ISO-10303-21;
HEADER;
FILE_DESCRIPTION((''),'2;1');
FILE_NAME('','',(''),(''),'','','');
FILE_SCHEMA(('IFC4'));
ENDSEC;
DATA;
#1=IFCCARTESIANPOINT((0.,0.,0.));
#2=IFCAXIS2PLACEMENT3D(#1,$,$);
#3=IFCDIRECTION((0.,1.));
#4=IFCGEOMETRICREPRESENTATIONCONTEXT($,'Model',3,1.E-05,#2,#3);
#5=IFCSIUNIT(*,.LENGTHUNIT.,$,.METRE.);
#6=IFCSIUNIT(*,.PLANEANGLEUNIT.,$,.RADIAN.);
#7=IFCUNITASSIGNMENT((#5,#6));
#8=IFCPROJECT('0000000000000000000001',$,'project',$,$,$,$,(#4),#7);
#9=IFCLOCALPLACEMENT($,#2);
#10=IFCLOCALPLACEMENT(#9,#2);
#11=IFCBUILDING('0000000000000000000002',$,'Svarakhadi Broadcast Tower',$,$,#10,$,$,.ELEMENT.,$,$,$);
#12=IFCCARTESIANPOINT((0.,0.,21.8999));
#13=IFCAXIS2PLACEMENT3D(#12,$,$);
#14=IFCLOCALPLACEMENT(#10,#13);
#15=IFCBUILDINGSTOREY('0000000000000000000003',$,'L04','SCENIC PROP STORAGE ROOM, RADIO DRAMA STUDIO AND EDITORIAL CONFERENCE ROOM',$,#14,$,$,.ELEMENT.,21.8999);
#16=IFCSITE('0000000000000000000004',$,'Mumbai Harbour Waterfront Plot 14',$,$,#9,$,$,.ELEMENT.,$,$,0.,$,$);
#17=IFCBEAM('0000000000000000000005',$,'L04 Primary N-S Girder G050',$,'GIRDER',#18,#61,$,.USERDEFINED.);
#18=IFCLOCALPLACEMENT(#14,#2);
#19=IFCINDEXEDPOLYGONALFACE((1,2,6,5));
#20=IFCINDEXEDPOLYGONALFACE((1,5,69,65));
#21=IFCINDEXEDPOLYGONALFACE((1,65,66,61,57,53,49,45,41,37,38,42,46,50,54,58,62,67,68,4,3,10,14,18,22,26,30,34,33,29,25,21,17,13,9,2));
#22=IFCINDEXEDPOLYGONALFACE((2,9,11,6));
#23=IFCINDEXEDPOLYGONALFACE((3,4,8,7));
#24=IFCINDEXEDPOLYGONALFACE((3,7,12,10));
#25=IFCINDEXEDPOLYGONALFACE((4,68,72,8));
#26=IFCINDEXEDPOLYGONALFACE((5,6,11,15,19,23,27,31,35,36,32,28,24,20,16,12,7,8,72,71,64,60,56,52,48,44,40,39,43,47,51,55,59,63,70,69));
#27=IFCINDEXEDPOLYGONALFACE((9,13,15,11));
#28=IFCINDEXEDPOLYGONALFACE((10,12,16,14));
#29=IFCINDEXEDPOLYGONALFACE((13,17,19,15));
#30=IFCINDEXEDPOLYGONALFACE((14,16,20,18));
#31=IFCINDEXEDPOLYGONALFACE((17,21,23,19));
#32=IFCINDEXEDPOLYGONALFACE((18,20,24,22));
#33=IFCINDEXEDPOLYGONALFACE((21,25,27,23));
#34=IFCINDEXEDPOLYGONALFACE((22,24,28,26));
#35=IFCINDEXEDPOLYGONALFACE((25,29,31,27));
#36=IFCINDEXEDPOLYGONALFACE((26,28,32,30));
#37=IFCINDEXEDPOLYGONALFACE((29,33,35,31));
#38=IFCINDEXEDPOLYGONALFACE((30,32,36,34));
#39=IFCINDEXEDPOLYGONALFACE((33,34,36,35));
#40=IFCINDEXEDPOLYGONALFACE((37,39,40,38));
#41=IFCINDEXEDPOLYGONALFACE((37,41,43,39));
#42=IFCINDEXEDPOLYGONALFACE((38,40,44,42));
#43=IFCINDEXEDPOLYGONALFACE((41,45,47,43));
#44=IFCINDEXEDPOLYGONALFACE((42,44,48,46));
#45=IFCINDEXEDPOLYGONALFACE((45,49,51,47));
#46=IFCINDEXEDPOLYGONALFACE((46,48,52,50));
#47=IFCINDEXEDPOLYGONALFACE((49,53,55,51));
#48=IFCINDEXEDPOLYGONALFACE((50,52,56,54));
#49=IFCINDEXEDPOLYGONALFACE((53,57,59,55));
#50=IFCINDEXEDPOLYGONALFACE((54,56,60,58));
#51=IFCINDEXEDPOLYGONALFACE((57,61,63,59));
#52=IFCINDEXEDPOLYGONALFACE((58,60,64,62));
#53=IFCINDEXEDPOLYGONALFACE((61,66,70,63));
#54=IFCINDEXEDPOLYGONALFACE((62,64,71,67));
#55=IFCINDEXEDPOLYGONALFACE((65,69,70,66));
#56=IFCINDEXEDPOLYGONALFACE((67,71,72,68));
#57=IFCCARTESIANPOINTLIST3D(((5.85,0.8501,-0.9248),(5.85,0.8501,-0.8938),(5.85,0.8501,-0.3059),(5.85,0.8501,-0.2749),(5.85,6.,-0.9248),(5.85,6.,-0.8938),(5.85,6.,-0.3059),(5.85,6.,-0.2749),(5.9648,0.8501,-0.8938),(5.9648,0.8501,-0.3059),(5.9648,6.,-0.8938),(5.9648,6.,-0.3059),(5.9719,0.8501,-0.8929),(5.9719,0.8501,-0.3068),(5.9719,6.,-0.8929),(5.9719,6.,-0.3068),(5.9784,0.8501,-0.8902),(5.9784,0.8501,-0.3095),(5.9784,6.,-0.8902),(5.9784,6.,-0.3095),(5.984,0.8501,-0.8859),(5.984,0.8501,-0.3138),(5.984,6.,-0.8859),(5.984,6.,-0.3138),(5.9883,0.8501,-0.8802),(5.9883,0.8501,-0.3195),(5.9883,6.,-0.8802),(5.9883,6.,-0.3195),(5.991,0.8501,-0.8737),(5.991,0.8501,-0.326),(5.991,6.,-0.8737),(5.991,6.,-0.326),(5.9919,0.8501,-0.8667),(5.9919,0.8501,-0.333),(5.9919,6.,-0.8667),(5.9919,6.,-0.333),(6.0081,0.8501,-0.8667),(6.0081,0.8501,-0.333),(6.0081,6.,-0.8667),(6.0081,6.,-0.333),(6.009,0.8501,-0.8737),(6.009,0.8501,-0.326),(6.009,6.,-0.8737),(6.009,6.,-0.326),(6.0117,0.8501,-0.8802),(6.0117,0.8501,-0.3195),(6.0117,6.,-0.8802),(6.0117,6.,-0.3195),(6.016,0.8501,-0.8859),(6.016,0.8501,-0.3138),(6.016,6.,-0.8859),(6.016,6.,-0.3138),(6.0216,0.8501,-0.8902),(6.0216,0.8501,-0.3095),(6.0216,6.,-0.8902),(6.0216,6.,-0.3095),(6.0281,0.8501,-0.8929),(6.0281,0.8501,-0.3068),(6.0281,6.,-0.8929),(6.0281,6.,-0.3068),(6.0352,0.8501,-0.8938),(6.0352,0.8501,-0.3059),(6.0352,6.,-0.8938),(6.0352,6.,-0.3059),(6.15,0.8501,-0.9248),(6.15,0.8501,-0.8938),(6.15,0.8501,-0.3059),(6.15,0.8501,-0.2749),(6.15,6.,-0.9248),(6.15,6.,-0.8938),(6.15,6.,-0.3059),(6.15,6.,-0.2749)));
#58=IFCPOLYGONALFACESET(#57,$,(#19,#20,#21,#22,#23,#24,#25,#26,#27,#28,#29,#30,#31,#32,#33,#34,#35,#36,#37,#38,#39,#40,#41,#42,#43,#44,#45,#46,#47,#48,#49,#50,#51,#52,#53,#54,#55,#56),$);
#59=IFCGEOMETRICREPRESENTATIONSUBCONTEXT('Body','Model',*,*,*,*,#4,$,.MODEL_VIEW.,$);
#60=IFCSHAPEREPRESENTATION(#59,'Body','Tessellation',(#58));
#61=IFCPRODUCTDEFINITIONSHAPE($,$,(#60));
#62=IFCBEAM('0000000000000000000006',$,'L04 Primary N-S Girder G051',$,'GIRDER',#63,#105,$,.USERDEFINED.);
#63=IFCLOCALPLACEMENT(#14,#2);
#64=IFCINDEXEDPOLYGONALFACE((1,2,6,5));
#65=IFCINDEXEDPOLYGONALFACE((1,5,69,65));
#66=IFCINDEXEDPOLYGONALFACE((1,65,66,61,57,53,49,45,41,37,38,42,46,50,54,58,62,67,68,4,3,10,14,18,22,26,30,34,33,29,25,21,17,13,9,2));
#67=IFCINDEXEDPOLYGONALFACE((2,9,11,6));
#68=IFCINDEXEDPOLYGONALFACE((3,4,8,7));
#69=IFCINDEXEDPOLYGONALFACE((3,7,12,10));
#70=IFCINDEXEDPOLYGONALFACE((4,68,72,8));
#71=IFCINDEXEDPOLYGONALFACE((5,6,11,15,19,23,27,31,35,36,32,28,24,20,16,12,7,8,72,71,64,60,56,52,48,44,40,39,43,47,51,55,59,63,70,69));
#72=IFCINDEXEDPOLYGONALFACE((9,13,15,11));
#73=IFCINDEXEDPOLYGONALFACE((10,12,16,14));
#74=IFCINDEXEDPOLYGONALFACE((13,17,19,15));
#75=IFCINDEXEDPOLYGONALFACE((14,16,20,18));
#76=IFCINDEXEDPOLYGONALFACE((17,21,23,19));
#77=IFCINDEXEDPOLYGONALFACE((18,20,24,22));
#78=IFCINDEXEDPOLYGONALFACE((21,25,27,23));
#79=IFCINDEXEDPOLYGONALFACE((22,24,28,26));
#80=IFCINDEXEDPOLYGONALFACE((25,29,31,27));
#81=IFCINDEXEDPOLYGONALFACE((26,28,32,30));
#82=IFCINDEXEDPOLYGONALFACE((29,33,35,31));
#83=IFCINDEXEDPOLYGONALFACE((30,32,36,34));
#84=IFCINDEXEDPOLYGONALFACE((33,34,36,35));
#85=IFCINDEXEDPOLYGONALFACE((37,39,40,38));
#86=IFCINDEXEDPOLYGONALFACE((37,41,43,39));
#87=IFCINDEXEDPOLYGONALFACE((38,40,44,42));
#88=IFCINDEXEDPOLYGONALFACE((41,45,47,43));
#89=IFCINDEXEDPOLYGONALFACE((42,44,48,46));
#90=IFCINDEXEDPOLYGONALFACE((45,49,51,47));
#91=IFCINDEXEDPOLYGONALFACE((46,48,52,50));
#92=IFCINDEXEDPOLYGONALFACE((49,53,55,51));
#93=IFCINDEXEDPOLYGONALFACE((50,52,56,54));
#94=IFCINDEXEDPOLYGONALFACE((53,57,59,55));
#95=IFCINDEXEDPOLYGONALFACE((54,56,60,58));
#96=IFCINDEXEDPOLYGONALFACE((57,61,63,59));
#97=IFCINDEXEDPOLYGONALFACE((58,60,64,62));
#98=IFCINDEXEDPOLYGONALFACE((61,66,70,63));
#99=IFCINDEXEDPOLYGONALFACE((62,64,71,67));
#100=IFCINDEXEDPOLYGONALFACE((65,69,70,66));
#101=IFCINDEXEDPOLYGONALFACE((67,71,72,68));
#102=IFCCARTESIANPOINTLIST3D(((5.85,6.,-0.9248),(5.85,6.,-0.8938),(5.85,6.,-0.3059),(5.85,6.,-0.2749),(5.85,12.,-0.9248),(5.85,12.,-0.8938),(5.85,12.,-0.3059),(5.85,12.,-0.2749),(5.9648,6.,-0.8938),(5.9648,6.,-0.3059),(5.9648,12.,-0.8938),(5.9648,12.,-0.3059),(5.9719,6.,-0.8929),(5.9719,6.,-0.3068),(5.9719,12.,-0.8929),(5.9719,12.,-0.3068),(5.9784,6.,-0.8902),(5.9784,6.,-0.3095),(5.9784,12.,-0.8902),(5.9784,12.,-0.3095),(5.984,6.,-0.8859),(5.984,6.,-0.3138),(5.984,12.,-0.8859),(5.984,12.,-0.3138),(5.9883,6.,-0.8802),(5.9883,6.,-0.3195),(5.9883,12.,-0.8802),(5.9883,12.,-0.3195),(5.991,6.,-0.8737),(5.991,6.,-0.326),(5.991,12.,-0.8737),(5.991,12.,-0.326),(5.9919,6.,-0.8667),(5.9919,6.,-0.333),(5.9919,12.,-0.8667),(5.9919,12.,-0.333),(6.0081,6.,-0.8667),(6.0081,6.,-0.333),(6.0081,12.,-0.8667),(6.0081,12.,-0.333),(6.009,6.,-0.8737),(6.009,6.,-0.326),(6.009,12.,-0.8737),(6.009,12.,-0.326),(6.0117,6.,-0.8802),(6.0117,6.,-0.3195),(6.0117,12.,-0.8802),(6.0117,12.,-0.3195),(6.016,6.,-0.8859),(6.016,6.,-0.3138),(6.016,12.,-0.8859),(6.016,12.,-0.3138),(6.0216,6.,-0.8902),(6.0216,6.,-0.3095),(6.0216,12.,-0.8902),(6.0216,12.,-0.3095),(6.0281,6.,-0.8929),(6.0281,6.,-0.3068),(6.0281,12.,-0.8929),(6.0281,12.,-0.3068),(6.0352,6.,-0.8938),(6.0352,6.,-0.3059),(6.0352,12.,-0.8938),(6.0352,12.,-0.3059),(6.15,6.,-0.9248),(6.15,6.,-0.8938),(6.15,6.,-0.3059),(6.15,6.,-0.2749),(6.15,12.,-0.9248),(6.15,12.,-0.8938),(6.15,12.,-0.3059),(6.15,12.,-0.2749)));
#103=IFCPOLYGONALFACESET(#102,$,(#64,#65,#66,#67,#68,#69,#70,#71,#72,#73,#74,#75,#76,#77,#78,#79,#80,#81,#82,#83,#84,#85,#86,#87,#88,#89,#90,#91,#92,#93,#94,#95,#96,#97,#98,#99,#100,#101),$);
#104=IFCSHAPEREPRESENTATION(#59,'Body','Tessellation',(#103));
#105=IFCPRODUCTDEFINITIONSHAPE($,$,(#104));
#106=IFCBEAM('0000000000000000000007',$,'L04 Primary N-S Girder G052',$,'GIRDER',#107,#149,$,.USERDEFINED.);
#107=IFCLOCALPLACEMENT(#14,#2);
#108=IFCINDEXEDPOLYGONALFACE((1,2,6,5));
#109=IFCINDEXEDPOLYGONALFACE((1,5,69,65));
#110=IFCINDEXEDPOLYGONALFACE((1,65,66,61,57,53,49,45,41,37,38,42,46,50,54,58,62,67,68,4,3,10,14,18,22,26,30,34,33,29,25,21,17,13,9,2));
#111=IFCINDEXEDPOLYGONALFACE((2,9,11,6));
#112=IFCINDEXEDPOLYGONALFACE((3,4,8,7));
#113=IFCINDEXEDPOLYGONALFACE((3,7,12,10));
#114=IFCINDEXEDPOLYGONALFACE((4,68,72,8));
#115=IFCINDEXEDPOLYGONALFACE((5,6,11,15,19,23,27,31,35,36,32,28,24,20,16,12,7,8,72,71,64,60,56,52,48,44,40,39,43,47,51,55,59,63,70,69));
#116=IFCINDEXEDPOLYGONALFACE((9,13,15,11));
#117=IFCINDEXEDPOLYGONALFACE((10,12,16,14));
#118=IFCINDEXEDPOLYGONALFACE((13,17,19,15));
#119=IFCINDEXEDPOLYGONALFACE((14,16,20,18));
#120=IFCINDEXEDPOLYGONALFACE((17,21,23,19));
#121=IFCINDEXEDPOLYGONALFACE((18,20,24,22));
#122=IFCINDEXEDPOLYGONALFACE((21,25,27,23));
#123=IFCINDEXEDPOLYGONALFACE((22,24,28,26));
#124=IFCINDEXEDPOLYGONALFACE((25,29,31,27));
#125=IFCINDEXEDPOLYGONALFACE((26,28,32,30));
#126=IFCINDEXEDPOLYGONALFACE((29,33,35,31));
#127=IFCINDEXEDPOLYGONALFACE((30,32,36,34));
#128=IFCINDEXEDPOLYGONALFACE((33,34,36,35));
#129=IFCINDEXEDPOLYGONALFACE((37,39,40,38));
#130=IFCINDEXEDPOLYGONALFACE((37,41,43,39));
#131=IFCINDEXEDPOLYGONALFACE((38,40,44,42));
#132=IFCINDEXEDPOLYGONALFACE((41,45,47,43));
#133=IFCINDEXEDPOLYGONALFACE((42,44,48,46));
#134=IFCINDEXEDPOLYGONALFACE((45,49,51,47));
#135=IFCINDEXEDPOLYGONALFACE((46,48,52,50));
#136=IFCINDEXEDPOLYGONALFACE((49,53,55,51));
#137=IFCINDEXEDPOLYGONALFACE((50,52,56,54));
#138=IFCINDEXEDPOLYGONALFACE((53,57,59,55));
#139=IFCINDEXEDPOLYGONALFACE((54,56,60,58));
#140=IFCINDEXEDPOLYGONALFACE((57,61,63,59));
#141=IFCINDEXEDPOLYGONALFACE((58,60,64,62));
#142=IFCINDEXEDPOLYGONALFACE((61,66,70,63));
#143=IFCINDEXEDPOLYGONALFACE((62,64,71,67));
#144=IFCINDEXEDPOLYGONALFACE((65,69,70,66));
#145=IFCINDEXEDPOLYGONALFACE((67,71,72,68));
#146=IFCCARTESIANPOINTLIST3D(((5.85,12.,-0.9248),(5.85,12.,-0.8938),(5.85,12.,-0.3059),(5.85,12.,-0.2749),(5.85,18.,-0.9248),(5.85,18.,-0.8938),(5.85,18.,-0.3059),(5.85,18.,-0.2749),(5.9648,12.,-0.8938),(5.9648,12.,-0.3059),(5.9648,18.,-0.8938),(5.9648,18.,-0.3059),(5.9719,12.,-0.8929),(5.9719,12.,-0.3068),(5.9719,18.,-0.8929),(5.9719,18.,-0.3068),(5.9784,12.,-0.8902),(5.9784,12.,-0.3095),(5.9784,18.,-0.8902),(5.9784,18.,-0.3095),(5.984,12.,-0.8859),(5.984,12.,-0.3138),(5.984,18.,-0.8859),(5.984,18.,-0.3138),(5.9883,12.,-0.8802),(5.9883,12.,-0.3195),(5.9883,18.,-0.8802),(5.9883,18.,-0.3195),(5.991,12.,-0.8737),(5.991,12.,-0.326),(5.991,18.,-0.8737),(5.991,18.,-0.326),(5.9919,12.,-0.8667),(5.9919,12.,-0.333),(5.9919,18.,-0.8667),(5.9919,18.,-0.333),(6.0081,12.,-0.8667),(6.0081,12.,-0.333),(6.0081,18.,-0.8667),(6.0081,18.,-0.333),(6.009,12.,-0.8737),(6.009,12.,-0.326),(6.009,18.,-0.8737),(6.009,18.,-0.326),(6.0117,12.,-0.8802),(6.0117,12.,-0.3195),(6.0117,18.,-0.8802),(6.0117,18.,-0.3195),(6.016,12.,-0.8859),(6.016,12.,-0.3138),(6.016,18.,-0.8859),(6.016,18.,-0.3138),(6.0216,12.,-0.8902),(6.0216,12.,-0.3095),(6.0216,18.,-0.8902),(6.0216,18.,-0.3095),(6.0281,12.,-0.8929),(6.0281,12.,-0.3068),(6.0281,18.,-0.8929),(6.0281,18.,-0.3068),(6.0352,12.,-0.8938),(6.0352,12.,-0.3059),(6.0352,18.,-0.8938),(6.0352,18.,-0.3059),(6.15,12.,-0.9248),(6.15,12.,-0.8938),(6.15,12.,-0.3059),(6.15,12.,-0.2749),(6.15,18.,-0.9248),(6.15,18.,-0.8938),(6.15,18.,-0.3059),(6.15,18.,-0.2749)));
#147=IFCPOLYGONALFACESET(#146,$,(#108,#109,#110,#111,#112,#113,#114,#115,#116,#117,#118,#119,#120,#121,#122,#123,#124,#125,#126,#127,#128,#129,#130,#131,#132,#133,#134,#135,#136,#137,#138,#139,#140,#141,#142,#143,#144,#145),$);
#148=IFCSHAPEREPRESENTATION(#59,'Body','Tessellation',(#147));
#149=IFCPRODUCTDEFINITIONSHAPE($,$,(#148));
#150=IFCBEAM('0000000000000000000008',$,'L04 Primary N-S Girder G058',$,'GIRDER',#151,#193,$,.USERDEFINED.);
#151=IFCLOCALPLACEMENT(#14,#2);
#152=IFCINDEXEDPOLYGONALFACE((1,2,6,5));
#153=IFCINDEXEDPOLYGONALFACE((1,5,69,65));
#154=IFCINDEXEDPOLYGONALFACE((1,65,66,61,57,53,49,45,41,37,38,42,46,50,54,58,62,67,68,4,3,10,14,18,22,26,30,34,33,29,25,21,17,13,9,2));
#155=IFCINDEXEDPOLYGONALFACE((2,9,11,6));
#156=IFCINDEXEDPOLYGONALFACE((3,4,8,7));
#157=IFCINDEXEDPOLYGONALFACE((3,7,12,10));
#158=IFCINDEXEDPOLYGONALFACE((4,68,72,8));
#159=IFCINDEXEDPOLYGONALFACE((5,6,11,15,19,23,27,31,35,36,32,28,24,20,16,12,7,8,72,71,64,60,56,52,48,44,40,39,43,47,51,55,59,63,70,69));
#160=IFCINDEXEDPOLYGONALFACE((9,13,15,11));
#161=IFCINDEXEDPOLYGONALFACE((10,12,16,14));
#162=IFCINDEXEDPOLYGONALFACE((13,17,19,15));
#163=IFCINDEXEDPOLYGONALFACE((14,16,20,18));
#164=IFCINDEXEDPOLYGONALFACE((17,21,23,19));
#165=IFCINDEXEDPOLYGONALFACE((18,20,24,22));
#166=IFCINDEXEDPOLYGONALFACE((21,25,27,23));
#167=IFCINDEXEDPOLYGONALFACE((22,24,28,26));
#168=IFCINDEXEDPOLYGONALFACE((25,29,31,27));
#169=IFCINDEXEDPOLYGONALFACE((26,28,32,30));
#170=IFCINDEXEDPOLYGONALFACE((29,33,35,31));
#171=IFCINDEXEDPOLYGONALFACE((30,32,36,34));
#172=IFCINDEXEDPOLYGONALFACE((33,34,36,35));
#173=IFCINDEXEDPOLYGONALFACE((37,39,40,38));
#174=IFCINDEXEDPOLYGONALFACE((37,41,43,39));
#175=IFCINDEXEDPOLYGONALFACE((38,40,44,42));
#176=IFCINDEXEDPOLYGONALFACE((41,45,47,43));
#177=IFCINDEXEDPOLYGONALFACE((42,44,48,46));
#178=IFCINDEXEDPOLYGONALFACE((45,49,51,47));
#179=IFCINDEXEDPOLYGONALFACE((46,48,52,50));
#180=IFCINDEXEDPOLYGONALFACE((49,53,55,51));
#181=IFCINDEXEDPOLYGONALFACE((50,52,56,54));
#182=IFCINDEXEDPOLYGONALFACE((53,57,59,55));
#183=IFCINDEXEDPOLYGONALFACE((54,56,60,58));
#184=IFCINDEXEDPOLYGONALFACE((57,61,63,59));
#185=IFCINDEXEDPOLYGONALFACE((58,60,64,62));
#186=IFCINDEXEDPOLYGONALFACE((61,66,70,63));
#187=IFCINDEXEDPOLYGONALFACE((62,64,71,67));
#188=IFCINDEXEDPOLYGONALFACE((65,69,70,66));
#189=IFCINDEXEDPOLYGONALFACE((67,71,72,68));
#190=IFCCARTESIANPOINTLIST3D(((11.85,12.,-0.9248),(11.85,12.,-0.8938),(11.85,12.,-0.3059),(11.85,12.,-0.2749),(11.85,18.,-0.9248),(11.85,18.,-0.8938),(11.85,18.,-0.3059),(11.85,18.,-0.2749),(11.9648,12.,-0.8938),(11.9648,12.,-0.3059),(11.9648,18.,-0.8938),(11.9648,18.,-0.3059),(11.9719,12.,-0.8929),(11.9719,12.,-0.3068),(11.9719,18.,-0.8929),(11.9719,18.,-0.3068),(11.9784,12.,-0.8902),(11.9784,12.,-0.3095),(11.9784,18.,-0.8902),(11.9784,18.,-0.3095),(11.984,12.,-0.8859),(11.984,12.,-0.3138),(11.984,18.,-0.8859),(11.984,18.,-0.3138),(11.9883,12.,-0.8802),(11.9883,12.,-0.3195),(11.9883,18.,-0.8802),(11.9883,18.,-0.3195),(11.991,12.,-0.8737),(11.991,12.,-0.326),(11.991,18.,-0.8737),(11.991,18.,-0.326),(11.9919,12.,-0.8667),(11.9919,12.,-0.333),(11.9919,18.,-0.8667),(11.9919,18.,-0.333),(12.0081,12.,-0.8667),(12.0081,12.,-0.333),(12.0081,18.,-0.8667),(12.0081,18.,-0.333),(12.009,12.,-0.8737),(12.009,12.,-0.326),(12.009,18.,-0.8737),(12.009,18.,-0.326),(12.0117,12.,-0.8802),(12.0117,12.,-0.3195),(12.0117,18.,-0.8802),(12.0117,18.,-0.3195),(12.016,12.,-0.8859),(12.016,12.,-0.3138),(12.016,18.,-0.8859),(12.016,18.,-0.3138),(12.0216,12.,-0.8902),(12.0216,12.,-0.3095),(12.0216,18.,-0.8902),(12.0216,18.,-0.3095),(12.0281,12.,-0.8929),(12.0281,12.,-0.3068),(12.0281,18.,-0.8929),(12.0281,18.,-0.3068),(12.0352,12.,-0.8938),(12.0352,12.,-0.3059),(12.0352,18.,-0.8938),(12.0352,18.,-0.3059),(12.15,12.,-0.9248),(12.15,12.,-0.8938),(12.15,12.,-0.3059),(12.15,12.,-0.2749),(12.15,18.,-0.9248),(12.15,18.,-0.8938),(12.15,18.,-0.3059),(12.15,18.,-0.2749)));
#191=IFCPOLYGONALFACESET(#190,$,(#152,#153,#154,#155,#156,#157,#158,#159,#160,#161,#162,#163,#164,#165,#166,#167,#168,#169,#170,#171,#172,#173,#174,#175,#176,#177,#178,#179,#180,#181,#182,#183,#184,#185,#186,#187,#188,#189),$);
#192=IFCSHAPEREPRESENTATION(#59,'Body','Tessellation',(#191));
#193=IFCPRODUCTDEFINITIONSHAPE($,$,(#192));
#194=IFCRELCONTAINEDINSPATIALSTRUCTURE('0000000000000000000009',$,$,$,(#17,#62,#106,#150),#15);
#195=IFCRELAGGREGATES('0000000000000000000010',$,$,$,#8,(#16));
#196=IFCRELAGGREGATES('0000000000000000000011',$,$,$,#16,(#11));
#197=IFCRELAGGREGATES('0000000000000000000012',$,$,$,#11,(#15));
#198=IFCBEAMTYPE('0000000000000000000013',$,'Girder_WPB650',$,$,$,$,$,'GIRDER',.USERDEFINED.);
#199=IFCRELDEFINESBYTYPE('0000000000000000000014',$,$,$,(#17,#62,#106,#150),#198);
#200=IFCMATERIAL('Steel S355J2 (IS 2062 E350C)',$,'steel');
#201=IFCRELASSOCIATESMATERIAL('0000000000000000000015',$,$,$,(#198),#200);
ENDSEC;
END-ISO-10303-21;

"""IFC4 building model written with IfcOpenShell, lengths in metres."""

from ifc_helpers import new_model, si_unit, direction, frame, origin, origin_2d, place, context, subcontext, project, spatial, i_section, extrude, material, material_profile, profile_set, type_object, element, save


model = new_model("IFC4")

# Units and contexts
model_context = context("Model", 3, precision=1e-05, world=origin(), true_north=direction((0.0, 1.0)))
body_context = subcontext(model_context, "Body", "Model", "MODEL_VIEW")
ifc_project = project(units=[si_unit("LENGTHUNIT", "METRE"), si_unit("PLANEANGLEUNIT", "RADIAN")], contexts=[model_context])

# Site, building, storey
site_placement = place(None, origin())
site = spatial("IfcSite", under=ifc_project, at=site_placement, Name="Mumbai Harbour Waterfront Plot 14", CompositionType="ELEMENT", RefElevation=0.0)
building_placement = place(site_placement, origin())
building = spatial("IfcBuilding", under=site, at=building_placement, Name="Svarakhadi Broadcast Tower", CompositionType="ELEMENT")
storey_placement = place(building_placement, frame((0.0, 0.0, 21.8999)))
storey = spatial("IfcBuildingStorey", under=building, at=storey_placement, Name="L04", Description="SCENIC PROP STORAGE ROOM, RADIO DRAMA STUDIO AND EDITORIAL CONFERENCE ROOM", CompositionType="ELEMENT", Elevation=21.8999)

# Beams
ifc_material_1 = material(Name="Steel S355J2 (IS 2062 E350C)", Category="steel")
ifc_material_profile_1 = material_profile(ifc_material_1, i_section(OverallWidth=0.3, OverallDepth=0.6499, WebThickness=0.0161, FlangeThickness=0.031, FilletRadius=0.0271, at=origin_2d()), Name="WPB 650x300x225")
ifc_profile_set_1 = profile_set([ifc_material_profile_1], Name="Steel S355J2 (IS 2062 E350C)")
beam_type_1 = type_object("IfcBeamType", Name="Girder_WPB650", ElementType="GIRDER", PredefinedType="USERDEFINED", material=ifc_profile_set_1)
beam_1_placement = place(storey_placement, frame((6.0, 0.8501, -0.5999), z_axis=(0.0, 1.0, 0.0), x_axis=(-1.0, 0.0, 0.0)))
element("IfcBeam", 1, at=beam_1_placement, inside=storey, type_object=beam_type_1, Name="L04 Primary N-S Girder G050", ObjectType="GIRDER", PredefinedType="USERDEFINED", context=body_context, shape_type="SweptSolid", body=[
    extrude(i_section(OverallWidth=0.3, OverallDepth=0.6499, WebThickness=0.0161, FlangeThickness=0.031, FilletRadius=0.0271, at=origin_2d()), origin(), (0.0, 0.0, 1.0), 5.1499),
])
for number, where, z_axis, x_axis, name in (
    (2, (6.0, 6.0, -0.5999), (0.0, 1.0, 0.0), (-1.0, 0.0, 0.0), "L04 Primary N-S Girder G051"),
    (3, (6.0, 12.0, -0.5999), (0.0, 1.0, 0.0), (-1.0, 0.0, 0.0), "L04 Primary N-S Girder G052"),
    (4, (12.0, 12.0, -0.5999), (0.0, 1.0, 0.0), (-1.0, 0.0, 0.0), "L04 Primary N-S Girder G058"),
):
    element("IfcBeam", number, at=place(storey_placement, frame(where, z_axis=z_axis, x_axis=x_axis)), inside=storey, type_object=beam_type_1, Name=name, ObjectType="GIRDER", PredefinedType="USERDEFINED", context=body_context, shape_type="SweptSolid", body=[
        extrude(i_section(OverallWidth=0.3, OverallDepth=0.6499, WebThickness=0.0161, FlangeThickness=0.031, FilletRadius=0.0271, at=origin_2d()), origin(), (0.0, 0.0, 1.0), 6.0),
    ])

save(model, "model.ifc")
